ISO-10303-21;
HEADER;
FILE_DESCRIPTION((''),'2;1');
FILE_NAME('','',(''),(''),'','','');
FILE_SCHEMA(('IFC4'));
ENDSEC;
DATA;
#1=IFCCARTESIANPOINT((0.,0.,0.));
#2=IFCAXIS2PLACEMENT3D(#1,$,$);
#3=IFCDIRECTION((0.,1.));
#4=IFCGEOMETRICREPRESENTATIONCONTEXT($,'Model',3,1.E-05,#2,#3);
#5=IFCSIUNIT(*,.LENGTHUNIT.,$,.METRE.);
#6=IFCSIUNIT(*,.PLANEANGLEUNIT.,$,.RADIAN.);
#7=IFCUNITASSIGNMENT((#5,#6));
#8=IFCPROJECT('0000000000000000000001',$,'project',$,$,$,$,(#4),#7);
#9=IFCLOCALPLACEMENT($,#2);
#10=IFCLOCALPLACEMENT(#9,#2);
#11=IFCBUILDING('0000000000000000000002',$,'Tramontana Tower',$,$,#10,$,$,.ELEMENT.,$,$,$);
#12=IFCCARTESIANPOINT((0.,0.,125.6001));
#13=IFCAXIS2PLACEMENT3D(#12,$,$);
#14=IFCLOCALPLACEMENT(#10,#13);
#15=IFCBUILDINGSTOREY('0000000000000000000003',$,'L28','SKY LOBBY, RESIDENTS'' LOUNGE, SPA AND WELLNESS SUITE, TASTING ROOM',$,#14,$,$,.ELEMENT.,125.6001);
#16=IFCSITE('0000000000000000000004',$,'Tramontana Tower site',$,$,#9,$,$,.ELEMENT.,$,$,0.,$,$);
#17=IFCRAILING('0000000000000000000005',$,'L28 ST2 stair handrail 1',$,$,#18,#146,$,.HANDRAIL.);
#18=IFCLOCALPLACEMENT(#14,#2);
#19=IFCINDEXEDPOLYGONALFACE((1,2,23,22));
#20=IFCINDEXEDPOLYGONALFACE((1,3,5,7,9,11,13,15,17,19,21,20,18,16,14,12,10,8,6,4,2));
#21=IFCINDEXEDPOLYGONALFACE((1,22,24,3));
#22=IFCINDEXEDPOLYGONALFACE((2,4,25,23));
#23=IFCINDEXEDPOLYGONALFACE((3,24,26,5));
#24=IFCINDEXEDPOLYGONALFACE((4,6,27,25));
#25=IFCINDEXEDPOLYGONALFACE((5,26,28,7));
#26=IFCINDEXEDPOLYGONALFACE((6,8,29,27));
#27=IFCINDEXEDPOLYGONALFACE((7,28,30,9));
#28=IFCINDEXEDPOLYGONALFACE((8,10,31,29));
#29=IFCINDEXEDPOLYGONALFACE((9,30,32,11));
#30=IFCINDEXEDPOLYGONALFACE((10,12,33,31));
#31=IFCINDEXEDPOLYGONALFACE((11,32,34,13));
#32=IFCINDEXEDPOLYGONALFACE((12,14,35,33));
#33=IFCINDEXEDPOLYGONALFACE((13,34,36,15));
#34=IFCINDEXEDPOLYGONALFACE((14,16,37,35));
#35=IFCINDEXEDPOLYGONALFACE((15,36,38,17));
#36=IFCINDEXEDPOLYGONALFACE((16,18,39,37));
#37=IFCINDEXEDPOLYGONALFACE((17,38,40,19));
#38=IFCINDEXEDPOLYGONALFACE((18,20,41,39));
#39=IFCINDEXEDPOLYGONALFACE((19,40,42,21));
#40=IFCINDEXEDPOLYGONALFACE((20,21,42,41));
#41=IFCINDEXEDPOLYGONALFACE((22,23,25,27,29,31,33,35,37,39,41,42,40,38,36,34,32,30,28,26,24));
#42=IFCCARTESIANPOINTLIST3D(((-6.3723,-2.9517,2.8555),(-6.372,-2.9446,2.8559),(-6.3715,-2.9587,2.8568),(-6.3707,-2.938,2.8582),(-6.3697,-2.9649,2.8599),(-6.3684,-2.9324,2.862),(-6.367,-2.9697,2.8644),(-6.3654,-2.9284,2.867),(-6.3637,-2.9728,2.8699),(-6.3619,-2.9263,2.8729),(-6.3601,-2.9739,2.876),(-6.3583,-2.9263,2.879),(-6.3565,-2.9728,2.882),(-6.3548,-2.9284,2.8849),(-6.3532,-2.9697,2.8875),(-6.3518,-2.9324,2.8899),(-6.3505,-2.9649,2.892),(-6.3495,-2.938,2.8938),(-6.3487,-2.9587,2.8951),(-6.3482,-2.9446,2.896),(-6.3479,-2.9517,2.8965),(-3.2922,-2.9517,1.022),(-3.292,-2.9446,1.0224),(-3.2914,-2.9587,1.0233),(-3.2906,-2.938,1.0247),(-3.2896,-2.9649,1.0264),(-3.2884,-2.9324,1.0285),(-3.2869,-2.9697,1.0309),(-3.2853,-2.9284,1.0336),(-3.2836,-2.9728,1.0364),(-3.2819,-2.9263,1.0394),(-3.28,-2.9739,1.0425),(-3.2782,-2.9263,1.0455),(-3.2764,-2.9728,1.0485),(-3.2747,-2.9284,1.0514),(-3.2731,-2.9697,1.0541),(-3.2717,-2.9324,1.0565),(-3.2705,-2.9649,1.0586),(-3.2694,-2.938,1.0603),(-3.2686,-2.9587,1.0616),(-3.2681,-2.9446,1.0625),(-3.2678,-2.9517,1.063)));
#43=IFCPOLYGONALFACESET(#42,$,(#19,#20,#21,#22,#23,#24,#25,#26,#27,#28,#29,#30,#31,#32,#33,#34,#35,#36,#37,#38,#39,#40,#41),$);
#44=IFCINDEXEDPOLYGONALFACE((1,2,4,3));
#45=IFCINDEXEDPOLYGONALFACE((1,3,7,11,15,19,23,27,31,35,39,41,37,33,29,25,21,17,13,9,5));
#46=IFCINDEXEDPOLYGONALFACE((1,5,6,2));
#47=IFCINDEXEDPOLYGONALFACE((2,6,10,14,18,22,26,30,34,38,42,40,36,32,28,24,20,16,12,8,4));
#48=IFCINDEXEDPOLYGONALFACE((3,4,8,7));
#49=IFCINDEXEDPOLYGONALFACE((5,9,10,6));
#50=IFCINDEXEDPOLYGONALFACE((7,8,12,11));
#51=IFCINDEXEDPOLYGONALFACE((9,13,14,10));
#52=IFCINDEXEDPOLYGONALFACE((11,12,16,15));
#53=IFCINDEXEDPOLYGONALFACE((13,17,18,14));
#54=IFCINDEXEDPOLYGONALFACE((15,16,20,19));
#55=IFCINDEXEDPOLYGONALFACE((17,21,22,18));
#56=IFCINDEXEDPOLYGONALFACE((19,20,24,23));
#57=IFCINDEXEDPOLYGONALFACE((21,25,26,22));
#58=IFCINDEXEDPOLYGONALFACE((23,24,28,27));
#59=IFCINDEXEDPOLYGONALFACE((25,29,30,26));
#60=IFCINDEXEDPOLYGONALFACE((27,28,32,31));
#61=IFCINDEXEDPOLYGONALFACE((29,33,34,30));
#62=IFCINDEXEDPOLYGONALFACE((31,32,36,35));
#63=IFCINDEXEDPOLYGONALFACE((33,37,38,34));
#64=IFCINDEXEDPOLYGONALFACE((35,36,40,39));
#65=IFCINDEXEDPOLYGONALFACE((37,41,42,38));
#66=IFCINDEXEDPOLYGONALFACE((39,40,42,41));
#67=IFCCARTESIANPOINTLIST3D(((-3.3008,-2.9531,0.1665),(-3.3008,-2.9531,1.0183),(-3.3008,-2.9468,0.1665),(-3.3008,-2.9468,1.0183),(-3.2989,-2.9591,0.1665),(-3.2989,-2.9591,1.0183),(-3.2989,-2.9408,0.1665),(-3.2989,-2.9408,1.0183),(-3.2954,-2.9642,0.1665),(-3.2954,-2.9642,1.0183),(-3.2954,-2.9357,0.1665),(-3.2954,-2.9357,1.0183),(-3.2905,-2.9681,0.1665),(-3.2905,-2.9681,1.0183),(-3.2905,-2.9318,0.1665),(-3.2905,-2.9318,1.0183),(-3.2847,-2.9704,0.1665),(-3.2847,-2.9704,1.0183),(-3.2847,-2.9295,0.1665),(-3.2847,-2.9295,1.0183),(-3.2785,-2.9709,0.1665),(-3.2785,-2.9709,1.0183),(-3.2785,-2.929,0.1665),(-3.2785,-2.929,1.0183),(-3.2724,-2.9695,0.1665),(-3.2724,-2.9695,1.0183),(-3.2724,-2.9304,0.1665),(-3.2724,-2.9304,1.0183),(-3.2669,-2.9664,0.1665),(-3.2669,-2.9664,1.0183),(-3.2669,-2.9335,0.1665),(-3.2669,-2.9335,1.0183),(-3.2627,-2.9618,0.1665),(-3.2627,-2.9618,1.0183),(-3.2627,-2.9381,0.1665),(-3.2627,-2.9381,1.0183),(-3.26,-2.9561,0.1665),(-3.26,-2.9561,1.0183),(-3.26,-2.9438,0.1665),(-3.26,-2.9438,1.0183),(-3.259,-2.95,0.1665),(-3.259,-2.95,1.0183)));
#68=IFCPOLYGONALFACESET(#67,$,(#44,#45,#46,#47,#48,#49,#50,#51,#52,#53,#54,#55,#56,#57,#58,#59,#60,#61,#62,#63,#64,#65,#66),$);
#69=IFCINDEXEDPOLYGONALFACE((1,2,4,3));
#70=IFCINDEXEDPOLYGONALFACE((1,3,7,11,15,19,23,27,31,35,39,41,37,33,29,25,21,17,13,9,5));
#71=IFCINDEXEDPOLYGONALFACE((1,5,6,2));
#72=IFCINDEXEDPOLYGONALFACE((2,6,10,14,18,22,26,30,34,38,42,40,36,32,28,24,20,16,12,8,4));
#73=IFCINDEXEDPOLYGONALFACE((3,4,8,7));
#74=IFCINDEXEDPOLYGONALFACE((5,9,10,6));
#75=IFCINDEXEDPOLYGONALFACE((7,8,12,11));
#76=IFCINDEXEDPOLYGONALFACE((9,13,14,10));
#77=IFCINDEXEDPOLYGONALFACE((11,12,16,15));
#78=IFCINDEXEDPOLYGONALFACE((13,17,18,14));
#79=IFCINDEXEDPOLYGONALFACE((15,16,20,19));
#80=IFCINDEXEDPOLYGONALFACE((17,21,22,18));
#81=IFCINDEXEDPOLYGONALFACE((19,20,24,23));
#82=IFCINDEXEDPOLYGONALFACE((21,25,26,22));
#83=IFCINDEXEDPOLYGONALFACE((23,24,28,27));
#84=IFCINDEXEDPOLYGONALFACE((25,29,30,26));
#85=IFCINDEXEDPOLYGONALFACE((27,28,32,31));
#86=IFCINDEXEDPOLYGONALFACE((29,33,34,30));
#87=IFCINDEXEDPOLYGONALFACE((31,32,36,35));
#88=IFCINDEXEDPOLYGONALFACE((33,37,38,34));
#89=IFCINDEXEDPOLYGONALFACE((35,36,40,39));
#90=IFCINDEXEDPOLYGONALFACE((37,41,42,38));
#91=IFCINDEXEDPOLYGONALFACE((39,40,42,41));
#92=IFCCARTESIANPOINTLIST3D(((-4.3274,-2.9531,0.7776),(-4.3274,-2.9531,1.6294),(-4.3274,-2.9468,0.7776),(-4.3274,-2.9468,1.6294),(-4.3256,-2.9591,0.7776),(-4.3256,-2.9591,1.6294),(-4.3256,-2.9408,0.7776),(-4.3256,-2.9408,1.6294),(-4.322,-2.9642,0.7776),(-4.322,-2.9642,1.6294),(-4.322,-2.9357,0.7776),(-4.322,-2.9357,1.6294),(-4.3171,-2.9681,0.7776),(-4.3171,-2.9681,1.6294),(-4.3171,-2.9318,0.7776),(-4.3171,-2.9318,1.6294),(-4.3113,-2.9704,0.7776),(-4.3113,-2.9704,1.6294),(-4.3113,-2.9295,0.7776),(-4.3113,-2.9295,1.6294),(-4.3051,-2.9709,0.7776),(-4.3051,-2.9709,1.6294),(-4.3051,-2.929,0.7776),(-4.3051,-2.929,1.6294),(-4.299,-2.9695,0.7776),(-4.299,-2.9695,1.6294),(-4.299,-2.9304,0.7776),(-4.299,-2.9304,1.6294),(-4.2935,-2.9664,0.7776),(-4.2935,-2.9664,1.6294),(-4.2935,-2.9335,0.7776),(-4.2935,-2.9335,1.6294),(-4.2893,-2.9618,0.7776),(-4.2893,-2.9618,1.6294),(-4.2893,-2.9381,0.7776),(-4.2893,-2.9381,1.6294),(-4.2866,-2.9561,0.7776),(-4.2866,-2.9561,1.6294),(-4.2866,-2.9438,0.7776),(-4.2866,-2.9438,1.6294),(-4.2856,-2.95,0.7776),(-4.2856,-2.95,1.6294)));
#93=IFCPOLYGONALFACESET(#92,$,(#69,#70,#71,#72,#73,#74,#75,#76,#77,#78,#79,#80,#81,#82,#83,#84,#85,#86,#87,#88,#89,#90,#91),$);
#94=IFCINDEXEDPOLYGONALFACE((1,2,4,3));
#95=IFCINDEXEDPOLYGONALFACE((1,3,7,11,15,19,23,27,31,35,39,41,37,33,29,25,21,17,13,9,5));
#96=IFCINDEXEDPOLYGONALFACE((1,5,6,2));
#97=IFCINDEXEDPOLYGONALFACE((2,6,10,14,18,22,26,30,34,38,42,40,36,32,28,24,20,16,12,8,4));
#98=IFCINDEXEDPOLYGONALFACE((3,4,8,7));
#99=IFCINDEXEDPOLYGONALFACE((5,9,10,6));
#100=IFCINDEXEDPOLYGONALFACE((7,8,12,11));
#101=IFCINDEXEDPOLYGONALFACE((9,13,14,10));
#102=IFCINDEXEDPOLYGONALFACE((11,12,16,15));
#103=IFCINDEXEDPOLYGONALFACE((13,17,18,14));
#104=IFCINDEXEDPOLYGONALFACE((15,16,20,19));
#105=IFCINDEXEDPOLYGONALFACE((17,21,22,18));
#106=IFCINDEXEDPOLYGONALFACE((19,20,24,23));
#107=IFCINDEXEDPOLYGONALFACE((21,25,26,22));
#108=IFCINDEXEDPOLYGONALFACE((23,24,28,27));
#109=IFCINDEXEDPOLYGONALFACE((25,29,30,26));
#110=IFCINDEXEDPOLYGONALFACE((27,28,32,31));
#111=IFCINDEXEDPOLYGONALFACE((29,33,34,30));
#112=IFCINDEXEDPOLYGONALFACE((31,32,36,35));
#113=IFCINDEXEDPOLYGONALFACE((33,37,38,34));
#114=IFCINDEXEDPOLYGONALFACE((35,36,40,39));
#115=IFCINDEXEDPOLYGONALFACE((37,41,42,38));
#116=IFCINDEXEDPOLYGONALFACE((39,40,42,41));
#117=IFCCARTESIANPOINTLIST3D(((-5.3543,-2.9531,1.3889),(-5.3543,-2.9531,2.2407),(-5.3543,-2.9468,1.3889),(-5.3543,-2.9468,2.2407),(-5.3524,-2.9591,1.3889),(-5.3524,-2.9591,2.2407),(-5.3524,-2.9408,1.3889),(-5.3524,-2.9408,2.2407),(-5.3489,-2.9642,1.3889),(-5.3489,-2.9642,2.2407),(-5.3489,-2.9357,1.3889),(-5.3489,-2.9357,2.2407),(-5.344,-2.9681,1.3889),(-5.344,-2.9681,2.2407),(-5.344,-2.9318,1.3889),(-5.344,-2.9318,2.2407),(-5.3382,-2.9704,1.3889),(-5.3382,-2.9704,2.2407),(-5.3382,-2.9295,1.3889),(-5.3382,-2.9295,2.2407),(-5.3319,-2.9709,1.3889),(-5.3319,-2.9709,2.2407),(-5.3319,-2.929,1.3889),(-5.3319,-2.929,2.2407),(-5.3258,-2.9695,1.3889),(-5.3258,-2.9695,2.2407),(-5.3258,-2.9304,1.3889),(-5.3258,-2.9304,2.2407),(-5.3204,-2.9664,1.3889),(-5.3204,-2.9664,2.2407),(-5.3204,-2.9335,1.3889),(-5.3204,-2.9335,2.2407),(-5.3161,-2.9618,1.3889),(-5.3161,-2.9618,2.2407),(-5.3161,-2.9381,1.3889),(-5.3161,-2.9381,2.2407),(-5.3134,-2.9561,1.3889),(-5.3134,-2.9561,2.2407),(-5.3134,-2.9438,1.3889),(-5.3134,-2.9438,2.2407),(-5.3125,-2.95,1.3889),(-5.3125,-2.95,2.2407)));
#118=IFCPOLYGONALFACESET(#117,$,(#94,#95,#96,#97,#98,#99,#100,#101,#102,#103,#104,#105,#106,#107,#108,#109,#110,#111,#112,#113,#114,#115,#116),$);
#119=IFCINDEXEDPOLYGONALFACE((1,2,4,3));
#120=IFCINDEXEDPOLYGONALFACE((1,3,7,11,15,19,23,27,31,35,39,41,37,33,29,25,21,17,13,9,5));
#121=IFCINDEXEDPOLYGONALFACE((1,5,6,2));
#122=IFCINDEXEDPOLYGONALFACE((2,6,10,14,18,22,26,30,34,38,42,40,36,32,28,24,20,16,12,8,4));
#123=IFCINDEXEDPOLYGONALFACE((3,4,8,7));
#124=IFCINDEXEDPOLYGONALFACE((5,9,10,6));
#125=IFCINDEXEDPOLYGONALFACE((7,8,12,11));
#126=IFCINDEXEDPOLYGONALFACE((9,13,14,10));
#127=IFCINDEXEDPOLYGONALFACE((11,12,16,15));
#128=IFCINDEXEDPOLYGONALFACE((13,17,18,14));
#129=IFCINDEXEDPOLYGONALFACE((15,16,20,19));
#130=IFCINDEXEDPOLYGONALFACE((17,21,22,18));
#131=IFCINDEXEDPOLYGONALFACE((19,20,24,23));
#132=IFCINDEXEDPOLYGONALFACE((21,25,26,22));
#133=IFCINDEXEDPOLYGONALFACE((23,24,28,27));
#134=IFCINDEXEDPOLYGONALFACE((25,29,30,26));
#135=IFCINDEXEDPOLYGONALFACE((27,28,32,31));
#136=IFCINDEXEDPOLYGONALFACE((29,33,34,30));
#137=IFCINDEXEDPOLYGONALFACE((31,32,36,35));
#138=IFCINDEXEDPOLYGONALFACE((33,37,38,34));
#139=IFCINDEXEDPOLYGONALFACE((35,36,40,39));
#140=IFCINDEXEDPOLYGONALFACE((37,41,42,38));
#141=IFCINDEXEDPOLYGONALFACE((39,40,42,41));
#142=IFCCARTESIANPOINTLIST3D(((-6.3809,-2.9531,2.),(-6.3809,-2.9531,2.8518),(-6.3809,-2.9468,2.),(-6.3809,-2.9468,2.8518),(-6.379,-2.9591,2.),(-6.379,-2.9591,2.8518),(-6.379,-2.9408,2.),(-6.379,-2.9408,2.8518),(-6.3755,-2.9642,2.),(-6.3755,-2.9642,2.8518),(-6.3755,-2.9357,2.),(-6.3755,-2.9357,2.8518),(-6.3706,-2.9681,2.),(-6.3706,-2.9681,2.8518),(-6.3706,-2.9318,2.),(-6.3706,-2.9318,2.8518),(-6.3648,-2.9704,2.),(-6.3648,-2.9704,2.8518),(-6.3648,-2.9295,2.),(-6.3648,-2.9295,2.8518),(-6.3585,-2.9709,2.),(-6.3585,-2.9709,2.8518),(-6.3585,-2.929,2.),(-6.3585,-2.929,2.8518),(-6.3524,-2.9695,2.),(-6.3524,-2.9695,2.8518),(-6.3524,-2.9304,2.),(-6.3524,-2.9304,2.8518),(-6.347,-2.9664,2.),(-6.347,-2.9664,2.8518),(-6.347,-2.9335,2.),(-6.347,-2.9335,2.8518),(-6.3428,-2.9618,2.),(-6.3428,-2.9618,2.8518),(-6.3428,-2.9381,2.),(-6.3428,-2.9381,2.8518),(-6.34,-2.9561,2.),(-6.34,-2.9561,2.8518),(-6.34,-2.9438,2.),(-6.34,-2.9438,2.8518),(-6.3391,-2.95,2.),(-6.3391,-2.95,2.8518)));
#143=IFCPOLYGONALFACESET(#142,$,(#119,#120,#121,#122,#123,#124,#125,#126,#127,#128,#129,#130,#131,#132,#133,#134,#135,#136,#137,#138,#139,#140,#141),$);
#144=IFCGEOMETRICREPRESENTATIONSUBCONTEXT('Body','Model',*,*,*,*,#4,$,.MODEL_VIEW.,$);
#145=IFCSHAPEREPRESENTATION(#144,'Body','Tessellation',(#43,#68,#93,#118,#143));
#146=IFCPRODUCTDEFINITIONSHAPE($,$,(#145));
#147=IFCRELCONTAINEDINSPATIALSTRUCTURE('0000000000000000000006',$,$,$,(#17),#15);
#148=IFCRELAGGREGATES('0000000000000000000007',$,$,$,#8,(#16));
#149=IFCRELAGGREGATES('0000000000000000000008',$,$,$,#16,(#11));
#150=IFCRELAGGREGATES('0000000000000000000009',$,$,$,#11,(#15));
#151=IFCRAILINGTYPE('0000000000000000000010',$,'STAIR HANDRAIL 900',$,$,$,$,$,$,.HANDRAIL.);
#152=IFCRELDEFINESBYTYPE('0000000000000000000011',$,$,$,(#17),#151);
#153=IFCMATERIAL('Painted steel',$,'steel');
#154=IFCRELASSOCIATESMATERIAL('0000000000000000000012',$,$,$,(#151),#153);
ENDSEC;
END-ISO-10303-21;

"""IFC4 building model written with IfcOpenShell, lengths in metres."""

from ifc_helpers import new_model, si_unit, direction, frame, origin, origin_2d, place, context, subcontext, project, spatial, circle, extrude, material, type_object, element, save


model = new_model("IFC4")

# Units and contexts
model_context = context("Model", 3, precision=1e-05, world=origin(), true_north=direction((0.0, 1.0)))
body_context = subcontext(model_context, "Body", "Model", "MODEL_VIEW")
ifc_project = project(units=[si_unit("LENGTHUNIT", "METRE"), si_unit("PLANEANGLEUNIT", "RADIAN")], contexts=[model_context])

# Site, building, storey
site_placement = place(None, origin())
site = spatial("IfcSite", under=ifc_project, at=site_placement, Name="Tramontana Tower site", CompositionType="ELEMENT", RefElevation=0.0)
building_placement = place(site_placement, origin())
building = spatial("IfcBuilding", under=site, at=building_placement, Name="Tramontana Tower", CompositionType="ELEMENT")
storey_placement = place(building_placement, frame((0.0, 0.0, 125.6001)))
storey = spatial("IfcBuildingStorey", under=building, at=storey_placement, Name="L28", Description="SKY LOBBY, RESIDENTS' LOUNGE, SPA AND WELLNESS SUITE, TASTING ROOM", CompositionType="ELEMENT", Elevation=125.6001)

# Railing
ifc_material_1 = material(Name="Painted steel", Category="steel")
railing_type_1 = type_object("IfcRailingType", Name="STAIR HANDRAIL 900", PredefinedType="HANDRAIL", material=ifc_material_1)
railing_1_placement = place(storey_placement, frame((-3.28, -2.95, 0.1665)))
element("IfcRailing", 1, at=railing_1_placement, inside=storey, type_object=railing_type_1, Name="L28 ST2 stair handrail 1", PredefinedType="HANDRAIL", context=body_context, shape_type="SweptSolid", body=[
    extrude(circle(Radius=0.0239, at=origin_2d()), frame((0.0, 0.0, 0.876), z_axis=(-0.859279, 0.0, 0.511508), x_axis=(0.0, -1.0, 0.0)), (0.0, 0.0, 1.0), 3.5845),
    extrude(circle(Radius=0.021, at=origin_2d()), origin(), (0.0, 0.0, 1.0), 0.8518),
    extrude(circle(Radius=0.021, at=origin_2d()), frame((-1.0266, 0.0, 0.6111)), (0.0, 0.0, 1.0), 0.8518),
    extrude(circle(Radius=0.021, at=origin_2d()), frame((-2.0535, 0.0, 1.2224)), (0.0, 0.0, 1.0), 0.8518),
    extrude(circle(Radius=0.021, at=origin_2d()), frame((-3.0801, 0.0, 1.8335)), (0.0, 0.0, 1.0), 0.8518),
])

save(model, "model.ifc")
